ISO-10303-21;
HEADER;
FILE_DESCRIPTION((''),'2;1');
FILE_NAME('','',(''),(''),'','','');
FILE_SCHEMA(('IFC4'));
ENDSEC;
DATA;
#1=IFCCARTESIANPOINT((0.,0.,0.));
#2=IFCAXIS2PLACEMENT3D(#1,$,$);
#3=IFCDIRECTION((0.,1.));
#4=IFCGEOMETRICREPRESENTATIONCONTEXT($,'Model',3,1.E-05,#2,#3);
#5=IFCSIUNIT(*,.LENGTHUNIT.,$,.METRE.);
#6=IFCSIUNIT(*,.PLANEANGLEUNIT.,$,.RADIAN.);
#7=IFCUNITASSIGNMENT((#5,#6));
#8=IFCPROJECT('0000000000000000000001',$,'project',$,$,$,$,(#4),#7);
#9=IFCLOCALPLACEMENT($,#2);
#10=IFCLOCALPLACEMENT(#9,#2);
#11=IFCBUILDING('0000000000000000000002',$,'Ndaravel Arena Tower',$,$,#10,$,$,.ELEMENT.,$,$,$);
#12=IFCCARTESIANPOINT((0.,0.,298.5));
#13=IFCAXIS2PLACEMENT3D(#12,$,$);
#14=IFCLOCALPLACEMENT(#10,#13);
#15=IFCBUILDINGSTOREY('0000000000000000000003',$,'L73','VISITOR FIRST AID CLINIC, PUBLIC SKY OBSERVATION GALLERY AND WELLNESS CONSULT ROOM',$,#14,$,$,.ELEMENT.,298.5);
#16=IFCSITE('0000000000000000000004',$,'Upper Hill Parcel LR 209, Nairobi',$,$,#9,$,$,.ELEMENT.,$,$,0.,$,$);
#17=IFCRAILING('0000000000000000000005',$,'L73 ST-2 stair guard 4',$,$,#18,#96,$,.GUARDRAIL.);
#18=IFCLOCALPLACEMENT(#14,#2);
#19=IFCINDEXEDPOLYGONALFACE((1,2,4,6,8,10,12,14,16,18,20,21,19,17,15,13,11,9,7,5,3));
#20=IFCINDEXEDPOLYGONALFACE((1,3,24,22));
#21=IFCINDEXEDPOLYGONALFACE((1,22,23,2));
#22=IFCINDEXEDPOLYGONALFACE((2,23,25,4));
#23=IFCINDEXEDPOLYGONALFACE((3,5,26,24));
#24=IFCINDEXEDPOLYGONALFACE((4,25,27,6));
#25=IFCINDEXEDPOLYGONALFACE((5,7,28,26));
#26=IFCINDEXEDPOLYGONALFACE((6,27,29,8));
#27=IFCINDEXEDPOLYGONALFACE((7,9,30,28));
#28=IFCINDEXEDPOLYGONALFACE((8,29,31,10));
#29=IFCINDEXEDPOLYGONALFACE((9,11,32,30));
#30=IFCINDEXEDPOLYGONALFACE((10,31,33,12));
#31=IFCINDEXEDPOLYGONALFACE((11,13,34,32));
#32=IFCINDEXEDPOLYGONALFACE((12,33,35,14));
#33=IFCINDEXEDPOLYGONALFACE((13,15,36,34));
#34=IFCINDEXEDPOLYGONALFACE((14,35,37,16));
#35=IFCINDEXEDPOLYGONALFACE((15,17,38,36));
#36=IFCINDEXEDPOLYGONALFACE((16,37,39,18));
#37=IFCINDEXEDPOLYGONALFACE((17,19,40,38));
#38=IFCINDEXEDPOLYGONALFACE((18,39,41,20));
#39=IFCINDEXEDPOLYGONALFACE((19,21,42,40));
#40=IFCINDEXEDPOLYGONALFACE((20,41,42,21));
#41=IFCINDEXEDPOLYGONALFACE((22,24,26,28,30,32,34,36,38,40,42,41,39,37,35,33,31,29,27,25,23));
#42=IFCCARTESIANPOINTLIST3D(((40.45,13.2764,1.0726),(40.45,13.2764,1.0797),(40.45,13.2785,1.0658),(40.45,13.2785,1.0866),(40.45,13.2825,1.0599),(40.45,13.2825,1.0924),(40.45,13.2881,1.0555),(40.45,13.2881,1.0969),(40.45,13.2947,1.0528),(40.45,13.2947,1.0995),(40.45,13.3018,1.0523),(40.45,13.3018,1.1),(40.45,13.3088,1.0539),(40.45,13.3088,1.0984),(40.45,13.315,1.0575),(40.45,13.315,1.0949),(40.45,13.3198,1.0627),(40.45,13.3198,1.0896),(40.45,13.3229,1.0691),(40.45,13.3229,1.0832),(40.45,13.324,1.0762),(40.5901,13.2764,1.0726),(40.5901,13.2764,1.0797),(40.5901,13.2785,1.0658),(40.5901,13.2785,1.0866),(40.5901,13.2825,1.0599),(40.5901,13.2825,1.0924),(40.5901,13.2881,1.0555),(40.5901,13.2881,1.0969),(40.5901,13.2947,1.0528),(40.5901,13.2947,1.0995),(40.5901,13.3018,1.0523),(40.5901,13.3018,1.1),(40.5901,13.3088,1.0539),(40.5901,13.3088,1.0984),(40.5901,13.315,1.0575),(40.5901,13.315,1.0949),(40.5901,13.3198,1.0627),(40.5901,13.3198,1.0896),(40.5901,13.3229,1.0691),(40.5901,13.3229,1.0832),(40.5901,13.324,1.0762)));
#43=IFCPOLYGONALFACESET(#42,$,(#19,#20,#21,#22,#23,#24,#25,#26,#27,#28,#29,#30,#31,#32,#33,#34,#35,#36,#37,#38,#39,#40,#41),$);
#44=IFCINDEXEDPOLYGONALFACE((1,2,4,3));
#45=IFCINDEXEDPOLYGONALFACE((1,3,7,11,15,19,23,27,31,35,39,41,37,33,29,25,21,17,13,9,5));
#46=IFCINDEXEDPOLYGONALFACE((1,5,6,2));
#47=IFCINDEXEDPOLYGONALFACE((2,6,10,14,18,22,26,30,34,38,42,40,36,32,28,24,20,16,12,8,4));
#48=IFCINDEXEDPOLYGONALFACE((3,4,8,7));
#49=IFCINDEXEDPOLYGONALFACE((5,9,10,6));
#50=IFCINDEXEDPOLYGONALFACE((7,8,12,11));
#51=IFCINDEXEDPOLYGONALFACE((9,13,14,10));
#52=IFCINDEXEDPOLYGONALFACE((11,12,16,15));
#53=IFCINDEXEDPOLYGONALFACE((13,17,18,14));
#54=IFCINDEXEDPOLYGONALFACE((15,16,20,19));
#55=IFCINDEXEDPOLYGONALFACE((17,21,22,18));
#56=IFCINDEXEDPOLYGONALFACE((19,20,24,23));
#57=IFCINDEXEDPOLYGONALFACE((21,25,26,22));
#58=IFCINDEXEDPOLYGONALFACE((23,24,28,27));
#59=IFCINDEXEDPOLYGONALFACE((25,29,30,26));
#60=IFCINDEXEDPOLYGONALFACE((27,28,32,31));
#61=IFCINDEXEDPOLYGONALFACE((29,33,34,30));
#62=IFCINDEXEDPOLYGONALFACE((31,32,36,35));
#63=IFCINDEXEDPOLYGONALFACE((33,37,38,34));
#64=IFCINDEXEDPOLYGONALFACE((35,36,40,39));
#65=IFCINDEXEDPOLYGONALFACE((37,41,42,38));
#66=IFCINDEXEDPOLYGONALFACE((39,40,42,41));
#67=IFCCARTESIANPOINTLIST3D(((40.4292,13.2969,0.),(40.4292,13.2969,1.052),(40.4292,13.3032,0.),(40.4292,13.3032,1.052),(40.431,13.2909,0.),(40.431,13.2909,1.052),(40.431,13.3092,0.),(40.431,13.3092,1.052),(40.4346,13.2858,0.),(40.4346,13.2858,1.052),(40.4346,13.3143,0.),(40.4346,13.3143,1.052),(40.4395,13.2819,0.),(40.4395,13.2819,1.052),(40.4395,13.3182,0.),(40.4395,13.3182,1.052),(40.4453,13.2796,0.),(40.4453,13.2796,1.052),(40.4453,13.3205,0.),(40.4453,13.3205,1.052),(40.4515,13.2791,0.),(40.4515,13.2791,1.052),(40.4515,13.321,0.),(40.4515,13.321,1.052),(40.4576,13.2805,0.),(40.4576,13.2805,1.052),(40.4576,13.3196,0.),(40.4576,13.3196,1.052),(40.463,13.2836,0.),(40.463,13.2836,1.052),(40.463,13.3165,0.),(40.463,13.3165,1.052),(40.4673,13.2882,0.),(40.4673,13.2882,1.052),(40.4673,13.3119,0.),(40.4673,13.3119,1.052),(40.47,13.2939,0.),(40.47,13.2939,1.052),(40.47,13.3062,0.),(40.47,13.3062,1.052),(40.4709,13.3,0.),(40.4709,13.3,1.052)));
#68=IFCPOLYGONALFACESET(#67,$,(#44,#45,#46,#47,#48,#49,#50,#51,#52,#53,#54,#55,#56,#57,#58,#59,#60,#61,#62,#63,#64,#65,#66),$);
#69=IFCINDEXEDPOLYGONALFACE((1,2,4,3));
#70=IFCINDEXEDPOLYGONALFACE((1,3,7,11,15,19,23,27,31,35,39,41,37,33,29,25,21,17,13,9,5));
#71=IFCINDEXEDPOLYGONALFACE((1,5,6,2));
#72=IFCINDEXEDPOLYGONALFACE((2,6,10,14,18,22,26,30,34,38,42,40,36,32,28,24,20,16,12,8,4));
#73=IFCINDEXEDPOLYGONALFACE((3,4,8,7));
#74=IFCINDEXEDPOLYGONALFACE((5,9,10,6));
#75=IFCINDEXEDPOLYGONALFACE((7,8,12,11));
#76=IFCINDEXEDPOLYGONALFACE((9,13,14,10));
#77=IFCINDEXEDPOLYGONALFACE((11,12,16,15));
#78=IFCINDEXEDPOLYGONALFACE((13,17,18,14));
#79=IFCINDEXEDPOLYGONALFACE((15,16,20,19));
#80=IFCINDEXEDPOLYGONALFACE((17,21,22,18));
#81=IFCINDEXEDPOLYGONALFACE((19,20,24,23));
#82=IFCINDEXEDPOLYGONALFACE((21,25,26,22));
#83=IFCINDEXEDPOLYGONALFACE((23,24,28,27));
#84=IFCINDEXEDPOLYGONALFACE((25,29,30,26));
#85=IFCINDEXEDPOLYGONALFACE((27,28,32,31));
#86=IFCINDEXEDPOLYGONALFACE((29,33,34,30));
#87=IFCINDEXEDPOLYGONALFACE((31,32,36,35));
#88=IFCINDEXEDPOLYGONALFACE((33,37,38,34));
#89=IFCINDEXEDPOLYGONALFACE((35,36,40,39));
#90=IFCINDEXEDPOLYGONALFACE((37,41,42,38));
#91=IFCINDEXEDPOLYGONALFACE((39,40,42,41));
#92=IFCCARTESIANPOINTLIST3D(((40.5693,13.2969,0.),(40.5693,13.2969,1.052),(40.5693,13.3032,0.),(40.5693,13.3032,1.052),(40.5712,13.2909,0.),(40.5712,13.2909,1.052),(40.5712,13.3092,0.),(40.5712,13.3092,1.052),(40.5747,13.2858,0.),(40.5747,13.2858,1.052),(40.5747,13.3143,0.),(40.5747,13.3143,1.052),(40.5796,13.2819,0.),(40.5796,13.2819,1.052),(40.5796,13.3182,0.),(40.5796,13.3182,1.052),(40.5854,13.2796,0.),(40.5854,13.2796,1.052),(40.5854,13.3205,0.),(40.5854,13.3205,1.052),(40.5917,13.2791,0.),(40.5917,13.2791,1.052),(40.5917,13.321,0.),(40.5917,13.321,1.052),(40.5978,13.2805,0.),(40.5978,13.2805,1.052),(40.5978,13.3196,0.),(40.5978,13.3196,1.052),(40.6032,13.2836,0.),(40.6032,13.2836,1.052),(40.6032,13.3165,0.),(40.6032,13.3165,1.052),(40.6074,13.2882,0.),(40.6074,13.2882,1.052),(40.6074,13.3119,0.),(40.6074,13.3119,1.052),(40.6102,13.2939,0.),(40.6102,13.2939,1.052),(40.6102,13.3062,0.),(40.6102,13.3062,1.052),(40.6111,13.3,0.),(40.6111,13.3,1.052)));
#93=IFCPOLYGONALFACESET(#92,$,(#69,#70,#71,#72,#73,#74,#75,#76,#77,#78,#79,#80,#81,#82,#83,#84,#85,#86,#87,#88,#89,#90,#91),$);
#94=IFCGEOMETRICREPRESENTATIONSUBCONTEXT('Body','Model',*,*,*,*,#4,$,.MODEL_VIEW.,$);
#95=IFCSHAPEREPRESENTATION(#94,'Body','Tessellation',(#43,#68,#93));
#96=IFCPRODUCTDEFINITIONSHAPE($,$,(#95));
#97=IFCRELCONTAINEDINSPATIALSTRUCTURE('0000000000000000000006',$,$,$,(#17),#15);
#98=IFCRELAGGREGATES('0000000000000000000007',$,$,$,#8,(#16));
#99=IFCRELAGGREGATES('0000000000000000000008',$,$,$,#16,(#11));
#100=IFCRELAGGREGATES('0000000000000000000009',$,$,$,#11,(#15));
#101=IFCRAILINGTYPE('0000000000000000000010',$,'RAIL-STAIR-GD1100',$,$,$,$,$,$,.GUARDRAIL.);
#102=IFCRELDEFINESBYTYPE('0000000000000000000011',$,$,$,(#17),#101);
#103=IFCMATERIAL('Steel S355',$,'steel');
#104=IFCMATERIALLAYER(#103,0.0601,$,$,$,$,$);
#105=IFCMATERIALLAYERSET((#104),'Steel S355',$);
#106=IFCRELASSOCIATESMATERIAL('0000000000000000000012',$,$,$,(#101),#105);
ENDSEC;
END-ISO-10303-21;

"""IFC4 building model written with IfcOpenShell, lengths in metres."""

from ifc_helpers import new_model, si_unit, direction, frame, origin, origin_2d, place, context, subcontext, project, spatial, circle, extrude, material, layer, layer_set, type_object, element, save


model = new_model("IFC4")

# Units and contexts
model_context = context("Model", 3, precision=1e-05, world=origin(), true_north=direction((0.0, 1.0)))
body_context = subcontext(model_context, "Body", "Model", "MODEL_VIEW")
ifc_project = project(units=[si_unit("LENGTHUNIT", "METRE"), si_unit("PLANEANGLEUNIT", "RADIAN")], contexts=[model_context])

# Site, building, storey
site_placement = place(None, origin())
site = spatial("IfcSite", under=ifc_project, at=site_placement, Name="Upper Hill Parcel LR 209, Nairobi", CompositionType="ELEMENT", RefElevation=0.0)
building_placement = place(site_placement, origin())
building = spatial("IfcBuilding", under=site, at=building_placement, Name="Ndaravel Arena Tower", CompositionType="ELEMENT")
storey_placement = place(building_placement, frame((0.0, 0.0, 298.5)))
storey = spatial("IfcBuildingStorey", under=building, at=storey_placement, Name="L73", Description="VISITOR FIRST AID CLINIC, PUBLIC SKY OBSERVATION GALLERY AND WELLNESS CONSULT ROOM", CompositionType="ELEMENT", Elevation=298.5)

# Railing
ifc_material_1 = material(Name="Steel S355", Category="steel")
ifc_layer_1 = layer(ifc_material_1, 0.0601)
ifc_layer_set_1 = layer_set([ifc_layer_1], Name="Steel S355")
railing_type_1 = type_object("IfcRailingType", Name="RAIL-STAIR-GD1100", PredefinedType="GUARDRAIL", material=ifc_layer_set_1)
railing_1_placement = place(storey_placement, frame((40.45, 13.3, 0.0)))
element("IfcRailing", 1, at=railing_1_placement, inside=storey, type_object=railing_type_1, Name="L73 ST-2 stair guard 4", PredefinedType="GUARDRAIL", context=body_context, shape_type="SweptSolid", body=[
    extrude(circle(Radius=0.0239, at=origin_2d()), frame((0.0, 0.0, 1.0762), z_axis=(1.0, 0.0, 0.0), x_axis=(0.0, 1.0, 0.0)), (0.0, 0.0, 1.0), 0.1401),
    extrude(circle(Radius=0.021, at=origin_2d()), origin(), (0.0, 0.0, 1.0), 1.052),
    extrude(circle(Radius=0.021, at=origin_2d()), frame((0.1401, 0.0, 0.0)), (0.0, 0.0, 1.0), 1.052),
])

save(model, "model.ifc")
